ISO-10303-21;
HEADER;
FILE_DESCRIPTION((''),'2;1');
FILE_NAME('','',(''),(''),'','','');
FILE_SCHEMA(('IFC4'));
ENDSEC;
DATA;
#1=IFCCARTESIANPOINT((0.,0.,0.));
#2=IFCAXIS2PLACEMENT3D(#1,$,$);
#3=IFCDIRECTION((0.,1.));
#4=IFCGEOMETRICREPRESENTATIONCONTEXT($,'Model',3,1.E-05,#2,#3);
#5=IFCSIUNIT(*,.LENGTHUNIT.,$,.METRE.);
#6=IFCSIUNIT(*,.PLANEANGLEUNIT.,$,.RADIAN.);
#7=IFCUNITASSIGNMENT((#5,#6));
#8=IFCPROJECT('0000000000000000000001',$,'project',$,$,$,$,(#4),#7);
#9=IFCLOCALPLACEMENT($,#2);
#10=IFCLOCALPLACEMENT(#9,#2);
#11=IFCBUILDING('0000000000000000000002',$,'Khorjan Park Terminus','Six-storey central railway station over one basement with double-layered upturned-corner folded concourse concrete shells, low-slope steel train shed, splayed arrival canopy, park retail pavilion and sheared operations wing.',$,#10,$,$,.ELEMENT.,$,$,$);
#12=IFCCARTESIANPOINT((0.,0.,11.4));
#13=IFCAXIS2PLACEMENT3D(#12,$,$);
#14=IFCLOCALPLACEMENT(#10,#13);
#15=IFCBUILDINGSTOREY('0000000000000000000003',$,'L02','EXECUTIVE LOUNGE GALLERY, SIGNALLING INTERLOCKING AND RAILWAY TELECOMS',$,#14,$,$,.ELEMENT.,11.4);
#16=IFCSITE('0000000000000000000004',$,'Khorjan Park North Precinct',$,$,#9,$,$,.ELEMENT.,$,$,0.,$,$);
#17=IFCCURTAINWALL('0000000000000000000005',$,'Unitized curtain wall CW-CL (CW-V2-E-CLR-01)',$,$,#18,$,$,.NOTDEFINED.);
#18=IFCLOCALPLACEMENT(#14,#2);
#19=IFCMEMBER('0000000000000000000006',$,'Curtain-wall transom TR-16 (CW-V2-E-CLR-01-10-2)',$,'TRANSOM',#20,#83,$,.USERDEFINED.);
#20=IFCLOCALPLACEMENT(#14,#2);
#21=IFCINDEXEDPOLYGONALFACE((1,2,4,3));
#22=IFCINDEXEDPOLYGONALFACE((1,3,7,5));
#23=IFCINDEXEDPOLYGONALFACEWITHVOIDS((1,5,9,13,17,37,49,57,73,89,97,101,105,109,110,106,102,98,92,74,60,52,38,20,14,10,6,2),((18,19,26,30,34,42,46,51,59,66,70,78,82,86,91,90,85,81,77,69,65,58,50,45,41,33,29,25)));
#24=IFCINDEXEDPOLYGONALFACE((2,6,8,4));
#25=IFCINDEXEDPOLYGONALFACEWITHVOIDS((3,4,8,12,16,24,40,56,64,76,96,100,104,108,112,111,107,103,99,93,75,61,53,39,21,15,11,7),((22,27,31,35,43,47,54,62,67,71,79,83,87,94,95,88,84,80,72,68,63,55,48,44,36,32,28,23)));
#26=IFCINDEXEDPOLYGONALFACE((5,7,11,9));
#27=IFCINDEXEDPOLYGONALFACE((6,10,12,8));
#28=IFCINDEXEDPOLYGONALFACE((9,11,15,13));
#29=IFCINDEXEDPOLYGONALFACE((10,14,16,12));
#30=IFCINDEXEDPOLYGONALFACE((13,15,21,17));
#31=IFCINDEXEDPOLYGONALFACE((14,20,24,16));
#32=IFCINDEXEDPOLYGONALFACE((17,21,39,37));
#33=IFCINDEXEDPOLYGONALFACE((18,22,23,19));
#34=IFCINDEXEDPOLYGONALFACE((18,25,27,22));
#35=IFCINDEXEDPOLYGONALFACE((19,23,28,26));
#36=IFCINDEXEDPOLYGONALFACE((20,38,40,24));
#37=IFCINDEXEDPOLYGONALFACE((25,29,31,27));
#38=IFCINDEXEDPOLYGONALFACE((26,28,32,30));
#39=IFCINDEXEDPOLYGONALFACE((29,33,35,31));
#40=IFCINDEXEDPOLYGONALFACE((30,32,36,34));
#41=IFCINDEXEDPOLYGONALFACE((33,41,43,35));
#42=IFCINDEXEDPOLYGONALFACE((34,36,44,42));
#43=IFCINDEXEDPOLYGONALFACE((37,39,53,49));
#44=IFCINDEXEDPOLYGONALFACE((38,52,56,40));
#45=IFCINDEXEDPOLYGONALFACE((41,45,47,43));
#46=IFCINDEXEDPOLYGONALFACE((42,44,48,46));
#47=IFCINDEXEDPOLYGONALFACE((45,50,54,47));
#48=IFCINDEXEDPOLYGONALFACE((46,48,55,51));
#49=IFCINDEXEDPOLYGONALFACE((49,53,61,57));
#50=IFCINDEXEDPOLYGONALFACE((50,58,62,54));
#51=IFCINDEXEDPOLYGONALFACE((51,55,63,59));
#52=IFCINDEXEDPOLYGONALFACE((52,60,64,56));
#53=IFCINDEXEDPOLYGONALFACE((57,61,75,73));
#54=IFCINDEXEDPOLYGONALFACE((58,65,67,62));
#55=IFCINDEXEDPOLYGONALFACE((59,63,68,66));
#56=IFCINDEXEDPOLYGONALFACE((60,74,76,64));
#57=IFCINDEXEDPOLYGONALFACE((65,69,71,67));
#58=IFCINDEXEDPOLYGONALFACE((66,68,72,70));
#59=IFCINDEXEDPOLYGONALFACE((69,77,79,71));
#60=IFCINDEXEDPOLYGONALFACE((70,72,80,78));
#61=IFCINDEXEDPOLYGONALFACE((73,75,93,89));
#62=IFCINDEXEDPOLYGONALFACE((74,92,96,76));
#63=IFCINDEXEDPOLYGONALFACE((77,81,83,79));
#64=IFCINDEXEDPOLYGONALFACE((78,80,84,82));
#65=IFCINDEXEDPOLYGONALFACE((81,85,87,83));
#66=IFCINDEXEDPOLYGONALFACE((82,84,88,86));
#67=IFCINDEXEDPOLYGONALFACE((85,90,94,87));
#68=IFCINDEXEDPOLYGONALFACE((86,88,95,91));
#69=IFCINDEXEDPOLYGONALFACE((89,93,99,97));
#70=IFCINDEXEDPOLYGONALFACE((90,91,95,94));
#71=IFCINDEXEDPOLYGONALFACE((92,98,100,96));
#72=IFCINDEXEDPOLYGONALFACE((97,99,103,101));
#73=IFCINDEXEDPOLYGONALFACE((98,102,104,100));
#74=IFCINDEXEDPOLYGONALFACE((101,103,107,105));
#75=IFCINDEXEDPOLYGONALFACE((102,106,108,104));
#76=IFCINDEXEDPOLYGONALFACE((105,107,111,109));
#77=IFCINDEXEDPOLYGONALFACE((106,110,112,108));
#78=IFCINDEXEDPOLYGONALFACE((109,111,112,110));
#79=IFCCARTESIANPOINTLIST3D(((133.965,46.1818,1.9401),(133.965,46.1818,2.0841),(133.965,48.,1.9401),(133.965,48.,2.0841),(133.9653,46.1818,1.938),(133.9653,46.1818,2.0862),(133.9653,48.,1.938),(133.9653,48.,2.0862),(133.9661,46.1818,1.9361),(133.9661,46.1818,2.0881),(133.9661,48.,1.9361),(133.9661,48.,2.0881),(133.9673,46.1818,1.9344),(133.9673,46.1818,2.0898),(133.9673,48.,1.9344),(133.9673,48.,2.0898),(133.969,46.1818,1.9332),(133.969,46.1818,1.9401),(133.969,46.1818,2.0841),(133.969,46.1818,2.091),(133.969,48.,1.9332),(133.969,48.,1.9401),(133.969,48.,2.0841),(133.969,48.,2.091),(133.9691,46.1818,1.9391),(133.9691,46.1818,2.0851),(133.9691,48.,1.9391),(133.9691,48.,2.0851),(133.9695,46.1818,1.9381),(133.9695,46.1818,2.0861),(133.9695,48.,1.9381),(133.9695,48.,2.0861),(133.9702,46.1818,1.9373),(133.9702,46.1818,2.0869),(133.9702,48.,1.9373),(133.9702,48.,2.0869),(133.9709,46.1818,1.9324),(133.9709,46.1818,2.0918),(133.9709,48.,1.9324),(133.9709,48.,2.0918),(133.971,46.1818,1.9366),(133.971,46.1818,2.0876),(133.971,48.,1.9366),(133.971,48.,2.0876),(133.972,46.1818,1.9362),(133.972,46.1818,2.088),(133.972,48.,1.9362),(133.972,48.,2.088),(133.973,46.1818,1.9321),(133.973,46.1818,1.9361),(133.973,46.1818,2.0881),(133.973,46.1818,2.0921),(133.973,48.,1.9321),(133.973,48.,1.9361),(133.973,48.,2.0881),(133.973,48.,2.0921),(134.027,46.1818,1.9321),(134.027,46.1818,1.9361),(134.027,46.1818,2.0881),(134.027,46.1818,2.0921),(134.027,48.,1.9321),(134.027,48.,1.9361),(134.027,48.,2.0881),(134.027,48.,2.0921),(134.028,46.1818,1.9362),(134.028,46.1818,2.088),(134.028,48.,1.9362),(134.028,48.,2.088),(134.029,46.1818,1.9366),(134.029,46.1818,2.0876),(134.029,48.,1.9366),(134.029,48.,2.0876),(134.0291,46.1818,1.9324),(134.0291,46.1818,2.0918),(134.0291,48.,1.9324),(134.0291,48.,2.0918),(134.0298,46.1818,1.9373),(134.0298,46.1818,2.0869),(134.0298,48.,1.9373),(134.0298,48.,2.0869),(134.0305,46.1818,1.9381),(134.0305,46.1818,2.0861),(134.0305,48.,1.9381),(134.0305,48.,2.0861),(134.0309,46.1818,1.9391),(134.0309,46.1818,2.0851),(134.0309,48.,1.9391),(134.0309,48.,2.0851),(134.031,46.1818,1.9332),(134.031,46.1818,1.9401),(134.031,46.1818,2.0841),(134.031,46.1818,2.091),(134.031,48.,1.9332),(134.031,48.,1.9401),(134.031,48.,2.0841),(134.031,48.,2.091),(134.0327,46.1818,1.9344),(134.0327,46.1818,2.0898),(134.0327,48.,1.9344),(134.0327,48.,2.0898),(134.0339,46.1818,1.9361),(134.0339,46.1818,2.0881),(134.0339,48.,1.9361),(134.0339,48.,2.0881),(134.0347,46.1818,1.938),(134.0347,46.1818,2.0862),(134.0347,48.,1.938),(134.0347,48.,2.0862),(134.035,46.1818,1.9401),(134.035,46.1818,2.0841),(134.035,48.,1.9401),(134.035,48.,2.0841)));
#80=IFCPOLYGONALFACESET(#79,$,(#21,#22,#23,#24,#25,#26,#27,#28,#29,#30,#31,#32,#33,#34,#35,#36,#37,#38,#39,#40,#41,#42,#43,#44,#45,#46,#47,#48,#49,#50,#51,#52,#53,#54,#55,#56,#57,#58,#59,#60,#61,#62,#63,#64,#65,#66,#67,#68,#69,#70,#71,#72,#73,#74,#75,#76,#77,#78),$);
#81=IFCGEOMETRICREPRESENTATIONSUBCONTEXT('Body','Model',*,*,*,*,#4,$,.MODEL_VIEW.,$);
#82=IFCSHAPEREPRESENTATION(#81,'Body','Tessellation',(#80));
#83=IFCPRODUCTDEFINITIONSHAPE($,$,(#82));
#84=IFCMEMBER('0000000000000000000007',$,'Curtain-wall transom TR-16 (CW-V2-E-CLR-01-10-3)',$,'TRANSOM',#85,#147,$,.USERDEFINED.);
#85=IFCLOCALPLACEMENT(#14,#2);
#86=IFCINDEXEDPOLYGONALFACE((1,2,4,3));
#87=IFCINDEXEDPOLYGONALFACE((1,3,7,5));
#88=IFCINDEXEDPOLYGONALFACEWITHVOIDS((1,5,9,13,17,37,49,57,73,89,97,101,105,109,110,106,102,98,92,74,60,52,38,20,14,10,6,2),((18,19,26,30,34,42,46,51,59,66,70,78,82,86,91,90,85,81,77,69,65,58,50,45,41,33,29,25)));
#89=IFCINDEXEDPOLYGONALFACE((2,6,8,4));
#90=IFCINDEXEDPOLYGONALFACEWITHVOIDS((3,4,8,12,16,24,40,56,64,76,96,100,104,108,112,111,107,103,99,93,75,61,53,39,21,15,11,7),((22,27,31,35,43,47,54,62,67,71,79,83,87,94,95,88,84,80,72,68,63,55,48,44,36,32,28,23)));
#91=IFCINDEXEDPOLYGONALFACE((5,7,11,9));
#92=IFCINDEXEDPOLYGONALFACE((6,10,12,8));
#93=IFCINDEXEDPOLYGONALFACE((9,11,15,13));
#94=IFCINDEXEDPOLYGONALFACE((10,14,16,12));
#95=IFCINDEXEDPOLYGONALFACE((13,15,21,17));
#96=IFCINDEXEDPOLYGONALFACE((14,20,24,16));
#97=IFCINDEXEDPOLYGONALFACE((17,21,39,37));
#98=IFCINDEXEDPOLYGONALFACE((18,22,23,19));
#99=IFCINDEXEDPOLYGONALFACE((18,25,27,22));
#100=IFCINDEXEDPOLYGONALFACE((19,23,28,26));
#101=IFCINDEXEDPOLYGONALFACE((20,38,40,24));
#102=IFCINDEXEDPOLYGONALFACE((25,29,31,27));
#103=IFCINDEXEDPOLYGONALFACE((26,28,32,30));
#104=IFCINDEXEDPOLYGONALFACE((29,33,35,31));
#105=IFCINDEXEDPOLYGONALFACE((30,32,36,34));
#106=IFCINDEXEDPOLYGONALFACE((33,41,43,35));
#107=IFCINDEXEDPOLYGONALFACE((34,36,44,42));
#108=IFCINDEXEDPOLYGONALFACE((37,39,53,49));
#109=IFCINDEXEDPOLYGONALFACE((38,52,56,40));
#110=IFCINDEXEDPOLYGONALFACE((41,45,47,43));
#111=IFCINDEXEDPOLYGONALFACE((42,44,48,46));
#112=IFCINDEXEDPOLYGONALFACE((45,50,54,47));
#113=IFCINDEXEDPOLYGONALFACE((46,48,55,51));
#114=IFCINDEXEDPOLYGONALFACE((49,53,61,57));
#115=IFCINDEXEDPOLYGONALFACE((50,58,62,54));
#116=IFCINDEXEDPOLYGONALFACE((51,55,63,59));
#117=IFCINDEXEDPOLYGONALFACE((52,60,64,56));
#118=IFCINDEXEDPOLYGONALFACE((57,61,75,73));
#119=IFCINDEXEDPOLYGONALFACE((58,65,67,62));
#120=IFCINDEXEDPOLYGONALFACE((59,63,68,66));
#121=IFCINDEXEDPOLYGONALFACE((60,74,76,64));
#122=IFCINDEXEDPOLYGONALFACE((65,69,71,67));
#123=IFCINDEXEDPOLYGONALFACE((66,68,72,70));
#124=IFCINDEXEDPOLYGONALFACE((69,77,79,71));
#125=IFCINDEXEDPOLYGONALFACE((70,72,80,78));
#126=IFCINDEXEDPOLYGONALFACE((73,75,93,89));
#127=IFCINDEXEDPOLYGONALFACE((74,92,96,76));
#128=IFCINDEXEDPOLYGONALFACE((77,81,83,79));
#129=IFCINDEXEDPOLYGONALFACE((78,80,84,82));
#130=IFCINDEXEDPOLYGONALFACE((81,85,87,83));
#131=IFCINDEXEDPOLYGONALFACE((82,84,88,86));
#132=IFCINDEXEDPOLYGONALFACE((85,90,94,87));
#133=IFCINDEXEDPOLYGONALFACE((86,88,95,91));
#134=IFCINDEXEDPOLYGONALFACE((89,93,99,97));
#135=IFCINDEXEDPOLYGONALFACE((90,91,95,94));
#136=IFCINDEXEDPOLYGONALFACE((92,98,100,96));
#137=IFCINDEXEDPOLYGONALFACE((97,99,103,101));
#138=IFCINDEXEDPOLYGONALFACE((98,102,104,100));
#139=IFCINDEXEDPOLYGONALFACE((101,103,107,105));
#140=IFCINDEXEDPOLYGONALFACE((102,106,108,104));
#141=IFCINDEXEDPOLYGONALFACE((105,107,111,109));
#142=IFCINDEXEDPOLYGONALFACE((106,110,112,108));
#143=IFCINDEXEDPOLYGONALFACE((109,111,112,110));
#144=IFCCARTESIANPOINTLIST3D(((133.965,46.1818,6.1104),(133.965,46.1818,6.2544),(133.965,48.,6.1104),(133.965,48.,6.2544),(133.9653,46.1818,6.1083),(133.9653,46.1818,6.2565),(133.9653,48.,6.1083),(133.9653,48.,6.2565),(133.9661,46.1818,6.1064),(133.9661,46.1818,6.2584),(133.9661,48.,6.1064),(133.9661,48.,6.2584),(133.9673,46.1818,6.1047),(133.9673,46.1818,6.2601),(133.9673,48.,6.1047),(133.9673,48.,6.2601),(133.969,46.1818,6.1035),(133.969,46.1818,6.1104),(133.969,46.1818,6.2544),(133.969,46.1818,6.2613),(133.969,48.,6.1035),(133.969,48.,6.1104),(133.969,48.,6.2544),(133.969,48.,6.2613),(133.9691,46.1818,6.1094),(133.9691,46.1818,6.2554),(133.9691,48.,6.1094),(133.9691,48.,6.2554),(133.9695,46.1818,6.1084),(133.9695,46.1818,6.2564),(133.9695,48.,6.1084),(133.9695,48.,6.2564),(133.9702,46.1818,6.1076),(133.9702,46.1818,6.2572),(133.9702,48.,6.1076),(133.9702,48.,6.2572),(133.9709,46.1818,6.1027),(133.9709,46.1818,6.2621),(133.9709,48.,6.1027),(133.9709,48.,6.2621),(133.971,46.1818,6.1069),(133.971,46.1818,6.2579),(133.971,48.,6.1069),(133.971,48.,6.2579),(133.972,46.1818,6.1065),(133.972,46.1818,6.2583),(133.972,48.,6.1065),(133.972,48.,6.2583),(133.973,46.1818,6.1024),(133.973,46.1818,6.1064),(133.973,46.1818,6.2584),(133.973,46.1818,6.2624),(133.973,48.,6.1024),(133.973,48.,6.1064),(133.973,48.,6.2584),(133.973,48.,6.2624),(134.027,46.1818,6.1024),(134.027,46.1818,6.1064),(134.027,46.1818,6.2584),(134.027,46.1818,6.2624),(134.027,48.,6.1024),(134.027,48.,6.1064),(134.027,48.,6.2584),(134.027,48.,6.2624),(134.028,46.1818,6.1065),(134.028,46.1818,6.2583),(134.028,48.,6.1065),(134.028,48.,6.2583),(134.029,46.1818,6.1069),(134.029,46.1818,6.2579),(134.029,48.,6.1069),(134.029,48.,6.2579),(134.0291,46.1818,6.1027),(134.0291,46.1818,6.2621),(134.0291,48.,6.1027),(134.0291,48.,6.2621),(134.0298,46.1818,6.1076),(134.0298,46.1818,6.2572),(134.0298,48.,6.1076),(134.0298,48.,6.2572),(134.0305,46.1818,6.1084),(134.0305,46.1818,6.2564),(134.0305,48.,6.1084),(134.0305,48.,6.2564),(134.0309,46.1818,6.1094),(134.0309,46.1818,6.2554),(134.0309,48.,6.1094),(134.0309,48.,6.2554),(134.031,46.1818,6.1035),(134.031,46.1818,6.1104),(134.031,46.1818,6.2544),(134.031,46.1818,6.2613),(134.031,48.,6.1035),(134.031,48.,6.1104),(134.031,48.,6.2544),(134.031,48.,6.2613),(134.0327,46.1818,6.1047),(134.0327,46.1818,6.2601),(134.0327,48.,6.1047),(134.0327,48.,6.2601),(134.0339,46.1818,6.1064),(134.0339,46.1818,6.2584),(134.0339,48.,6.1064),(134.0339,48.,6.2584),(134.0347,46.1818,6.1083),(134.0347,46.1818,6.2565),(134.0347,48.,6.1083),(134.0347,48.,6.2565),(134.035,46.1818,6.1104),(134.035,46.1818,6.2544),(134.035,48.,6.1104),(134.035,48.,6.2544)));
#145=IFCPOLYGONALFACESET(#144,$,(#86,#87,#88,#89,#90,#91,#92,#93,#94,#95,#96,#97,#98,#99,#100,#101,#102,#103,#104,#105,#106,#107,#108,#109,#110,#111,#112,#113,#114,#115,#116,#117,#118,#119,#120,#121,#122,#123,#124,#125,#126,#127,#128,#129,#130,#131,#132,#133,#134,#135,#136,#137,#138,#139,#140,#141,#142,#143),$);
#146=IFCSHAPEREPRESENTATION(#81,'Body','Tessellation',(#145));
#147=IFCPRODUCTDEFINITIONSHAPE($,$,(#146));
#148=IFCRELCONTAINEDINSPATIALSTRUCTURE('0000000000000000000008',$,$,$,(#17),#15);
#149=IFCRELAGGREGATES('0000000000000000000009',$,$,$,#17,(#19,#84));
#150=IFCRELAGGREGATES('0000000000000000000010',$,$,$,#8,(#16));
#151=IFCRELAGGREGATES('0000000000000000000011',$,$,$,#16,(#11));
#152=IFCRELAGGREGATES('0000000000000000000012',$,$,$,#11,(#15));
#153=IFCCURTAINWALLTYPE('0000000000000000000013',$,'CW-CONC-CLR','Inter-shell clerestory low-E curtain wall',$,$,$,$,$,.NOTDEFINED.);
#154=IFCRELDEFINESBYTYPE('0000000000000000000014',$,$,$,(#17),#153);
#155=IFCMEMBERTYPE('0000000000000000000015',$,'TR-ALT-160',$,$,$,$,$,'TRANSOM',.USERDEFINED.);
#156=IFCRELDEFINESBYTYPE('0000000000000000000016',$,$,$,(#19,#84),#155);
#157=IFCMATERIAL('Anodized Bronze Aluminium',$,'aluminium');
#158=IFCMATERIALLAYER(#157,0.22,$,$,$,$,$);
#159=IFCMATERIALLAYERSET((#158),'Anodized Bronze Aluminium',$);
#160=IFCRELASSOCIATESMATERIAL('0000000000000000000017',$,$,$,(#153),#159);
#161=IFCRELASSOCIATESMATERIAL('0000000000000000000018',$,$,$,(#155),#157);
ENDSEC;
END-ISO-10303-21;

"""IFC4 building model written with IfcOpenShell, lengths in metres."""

from ifc_helpers import new_model, si_unit, direction, frame, origin, origin_2d, place, context, subcontext, project, spatial, hollow_rectangle, extrude, material, layer, layer_set, material_profile, profile_set, type_object, element, aggregate, save


model = new_model("IFC4")

# Units and contexts
model_context = context("Model", 3, precision=1e-05, world=origin(), true_north=direction((0.0, 1.0)))
body_context = subcontext(model_context, "Body", "Model", "MODEL_VIEW")
ifc_project = project(units=[si_unit("LENGTHUNIT", "METRE"), si_unit("PLANEANGLEUNIT", "RADIAN")], contexts=[model_context])

# Site, building, storey
site_placement = place(None, origin())
site = spatial("IfcSite", under=ifc_project, at=site_placement, Name="Khorjan Park North Precinct", CompositionType="ELEMENT", RefElevation=0.0)
building_placement = place(site_placement, origin())
building = spatial("IfcBuilding", under=site, at=building_placement, Name="Khorjan Park Terminus", Description="Six-storey central railway station over one basement with double-layered upturned-corner folded concourse concrete shells, low-slope steel train shed, splayed arrival canopy, park retail pavilion and sheared operations wing.", CompositionType="ELEMENT")
storey_placement = place(building_placement, frame((0.0, 0.0, 11.4)))
storey = spatial("IfcBuildingStorey", under=building, at=storey_placement, Name="L02", Description="EXECUTIVE LOUNGE GALLERY, SIGNALLING INTERLOCKING AND RAILWAY TELECOMS", CompositionType="ELEMENT", Elevation=11.4)

# Curtain wall, members
ifc_material_1 = material(Name="Anodized Bronze Aluminium", Category="aluminium")
ifc_layer_1 = layer(ifc_material_1, 0.22)
ifc_layer_set_1 = layer_set([ifc_layer_1], Name="Anodized Bronze Aluminium")
curtain_wall_type = type_object("IfcCurtainWallType", Name="CW-CONC-CLR", Description="Inter-shell clerestory low-E curtain wall", PredefinedType="NOTDEFINED", material=ifc_layer_set_1)
curtain_wall_placement = place(storey_placement, origin())
curtain_wall = element("IfcCurtainWall", 1, at=curtain_wall_placement, inside=storey, type_object=curtain_wall_type, Name="Unitized curtain wall CW-CL (CW-V2-E-CLR-01)", PredefinedType="NOTDEFINED")
ifc_material_profile = material_profile(ifc_material_1, hollow_rectangle(XDim=0.07, YDim=0.16, WallThickness=0.004, InnerFilletRadius=0.004, OuterFilletRadius=0.008, at=origin_2d()), Name="ALT 70x160x4")
ifc_profile_set = profile_set([ifc_material_profile], Name="Anodized Bronze Aluminium")
member_type = type_object("IfcMemberType", Name="TR-ALT-160", ElementType="TRANSOM", PredefinedType="USERDEFINED", material=ifc_profile_set)
member_1_placement = place(storey_placement, frame((134.0, 46.1818, 2.0121), z_axis=(0.0, 1.0, 0.0), x_axis=(-1.0, 0.0, 0.0)))
member_1 = element("IfcMember", 2, at=member_1_placement, type_object=member_type, Name="Curtain-wall transom TR-16 (CW-V2-E-CLR-01-10-2)", ObjectType="TRANSOM", PredefinedType="USERDEFINED", context=body_context, shape_type="SweptSolid", body=[
    extrude(hollow_rectangle(XDim=0.07, YDim=0.16, WallThickness=0.004, InnerFilletRadius=0.004, OuterFilletRadius=0.008, at=origin_2d()), origin(), (0.0, 0.0, 1.0), 1.8182),
])
member_2_placement = place(storey_placement, frame((134.0, 46.1818, 6.1824), z_axis=(0.0, 1.0, 0.0), x_axis=(-1.0, 0.0, 0.0)))
member_2 = element("IfcMember", 3, at=member_2_placement, type_object=member_type, Name="Curtain-wall transom TR-16 (CW-V2-E-CLR-01-10-3)", ObjectType="TRANSOM", PredefinedType="USERDEFINED", context=body_context, shape_type="SweptSolid", body=[
    extrude(hollow_rectangle(XDim=0.07, YDim=0.16, WallThickness=0.004, InnerFilletRadius=0.004, OuterFilletRadius=0.008, at=origin_2d()), origin(), (0.0, 0.0, 1.0), 1.8182),
])
aggregate(curtain_wall, [member_1, member_2])

save(model, "model.ifc")
